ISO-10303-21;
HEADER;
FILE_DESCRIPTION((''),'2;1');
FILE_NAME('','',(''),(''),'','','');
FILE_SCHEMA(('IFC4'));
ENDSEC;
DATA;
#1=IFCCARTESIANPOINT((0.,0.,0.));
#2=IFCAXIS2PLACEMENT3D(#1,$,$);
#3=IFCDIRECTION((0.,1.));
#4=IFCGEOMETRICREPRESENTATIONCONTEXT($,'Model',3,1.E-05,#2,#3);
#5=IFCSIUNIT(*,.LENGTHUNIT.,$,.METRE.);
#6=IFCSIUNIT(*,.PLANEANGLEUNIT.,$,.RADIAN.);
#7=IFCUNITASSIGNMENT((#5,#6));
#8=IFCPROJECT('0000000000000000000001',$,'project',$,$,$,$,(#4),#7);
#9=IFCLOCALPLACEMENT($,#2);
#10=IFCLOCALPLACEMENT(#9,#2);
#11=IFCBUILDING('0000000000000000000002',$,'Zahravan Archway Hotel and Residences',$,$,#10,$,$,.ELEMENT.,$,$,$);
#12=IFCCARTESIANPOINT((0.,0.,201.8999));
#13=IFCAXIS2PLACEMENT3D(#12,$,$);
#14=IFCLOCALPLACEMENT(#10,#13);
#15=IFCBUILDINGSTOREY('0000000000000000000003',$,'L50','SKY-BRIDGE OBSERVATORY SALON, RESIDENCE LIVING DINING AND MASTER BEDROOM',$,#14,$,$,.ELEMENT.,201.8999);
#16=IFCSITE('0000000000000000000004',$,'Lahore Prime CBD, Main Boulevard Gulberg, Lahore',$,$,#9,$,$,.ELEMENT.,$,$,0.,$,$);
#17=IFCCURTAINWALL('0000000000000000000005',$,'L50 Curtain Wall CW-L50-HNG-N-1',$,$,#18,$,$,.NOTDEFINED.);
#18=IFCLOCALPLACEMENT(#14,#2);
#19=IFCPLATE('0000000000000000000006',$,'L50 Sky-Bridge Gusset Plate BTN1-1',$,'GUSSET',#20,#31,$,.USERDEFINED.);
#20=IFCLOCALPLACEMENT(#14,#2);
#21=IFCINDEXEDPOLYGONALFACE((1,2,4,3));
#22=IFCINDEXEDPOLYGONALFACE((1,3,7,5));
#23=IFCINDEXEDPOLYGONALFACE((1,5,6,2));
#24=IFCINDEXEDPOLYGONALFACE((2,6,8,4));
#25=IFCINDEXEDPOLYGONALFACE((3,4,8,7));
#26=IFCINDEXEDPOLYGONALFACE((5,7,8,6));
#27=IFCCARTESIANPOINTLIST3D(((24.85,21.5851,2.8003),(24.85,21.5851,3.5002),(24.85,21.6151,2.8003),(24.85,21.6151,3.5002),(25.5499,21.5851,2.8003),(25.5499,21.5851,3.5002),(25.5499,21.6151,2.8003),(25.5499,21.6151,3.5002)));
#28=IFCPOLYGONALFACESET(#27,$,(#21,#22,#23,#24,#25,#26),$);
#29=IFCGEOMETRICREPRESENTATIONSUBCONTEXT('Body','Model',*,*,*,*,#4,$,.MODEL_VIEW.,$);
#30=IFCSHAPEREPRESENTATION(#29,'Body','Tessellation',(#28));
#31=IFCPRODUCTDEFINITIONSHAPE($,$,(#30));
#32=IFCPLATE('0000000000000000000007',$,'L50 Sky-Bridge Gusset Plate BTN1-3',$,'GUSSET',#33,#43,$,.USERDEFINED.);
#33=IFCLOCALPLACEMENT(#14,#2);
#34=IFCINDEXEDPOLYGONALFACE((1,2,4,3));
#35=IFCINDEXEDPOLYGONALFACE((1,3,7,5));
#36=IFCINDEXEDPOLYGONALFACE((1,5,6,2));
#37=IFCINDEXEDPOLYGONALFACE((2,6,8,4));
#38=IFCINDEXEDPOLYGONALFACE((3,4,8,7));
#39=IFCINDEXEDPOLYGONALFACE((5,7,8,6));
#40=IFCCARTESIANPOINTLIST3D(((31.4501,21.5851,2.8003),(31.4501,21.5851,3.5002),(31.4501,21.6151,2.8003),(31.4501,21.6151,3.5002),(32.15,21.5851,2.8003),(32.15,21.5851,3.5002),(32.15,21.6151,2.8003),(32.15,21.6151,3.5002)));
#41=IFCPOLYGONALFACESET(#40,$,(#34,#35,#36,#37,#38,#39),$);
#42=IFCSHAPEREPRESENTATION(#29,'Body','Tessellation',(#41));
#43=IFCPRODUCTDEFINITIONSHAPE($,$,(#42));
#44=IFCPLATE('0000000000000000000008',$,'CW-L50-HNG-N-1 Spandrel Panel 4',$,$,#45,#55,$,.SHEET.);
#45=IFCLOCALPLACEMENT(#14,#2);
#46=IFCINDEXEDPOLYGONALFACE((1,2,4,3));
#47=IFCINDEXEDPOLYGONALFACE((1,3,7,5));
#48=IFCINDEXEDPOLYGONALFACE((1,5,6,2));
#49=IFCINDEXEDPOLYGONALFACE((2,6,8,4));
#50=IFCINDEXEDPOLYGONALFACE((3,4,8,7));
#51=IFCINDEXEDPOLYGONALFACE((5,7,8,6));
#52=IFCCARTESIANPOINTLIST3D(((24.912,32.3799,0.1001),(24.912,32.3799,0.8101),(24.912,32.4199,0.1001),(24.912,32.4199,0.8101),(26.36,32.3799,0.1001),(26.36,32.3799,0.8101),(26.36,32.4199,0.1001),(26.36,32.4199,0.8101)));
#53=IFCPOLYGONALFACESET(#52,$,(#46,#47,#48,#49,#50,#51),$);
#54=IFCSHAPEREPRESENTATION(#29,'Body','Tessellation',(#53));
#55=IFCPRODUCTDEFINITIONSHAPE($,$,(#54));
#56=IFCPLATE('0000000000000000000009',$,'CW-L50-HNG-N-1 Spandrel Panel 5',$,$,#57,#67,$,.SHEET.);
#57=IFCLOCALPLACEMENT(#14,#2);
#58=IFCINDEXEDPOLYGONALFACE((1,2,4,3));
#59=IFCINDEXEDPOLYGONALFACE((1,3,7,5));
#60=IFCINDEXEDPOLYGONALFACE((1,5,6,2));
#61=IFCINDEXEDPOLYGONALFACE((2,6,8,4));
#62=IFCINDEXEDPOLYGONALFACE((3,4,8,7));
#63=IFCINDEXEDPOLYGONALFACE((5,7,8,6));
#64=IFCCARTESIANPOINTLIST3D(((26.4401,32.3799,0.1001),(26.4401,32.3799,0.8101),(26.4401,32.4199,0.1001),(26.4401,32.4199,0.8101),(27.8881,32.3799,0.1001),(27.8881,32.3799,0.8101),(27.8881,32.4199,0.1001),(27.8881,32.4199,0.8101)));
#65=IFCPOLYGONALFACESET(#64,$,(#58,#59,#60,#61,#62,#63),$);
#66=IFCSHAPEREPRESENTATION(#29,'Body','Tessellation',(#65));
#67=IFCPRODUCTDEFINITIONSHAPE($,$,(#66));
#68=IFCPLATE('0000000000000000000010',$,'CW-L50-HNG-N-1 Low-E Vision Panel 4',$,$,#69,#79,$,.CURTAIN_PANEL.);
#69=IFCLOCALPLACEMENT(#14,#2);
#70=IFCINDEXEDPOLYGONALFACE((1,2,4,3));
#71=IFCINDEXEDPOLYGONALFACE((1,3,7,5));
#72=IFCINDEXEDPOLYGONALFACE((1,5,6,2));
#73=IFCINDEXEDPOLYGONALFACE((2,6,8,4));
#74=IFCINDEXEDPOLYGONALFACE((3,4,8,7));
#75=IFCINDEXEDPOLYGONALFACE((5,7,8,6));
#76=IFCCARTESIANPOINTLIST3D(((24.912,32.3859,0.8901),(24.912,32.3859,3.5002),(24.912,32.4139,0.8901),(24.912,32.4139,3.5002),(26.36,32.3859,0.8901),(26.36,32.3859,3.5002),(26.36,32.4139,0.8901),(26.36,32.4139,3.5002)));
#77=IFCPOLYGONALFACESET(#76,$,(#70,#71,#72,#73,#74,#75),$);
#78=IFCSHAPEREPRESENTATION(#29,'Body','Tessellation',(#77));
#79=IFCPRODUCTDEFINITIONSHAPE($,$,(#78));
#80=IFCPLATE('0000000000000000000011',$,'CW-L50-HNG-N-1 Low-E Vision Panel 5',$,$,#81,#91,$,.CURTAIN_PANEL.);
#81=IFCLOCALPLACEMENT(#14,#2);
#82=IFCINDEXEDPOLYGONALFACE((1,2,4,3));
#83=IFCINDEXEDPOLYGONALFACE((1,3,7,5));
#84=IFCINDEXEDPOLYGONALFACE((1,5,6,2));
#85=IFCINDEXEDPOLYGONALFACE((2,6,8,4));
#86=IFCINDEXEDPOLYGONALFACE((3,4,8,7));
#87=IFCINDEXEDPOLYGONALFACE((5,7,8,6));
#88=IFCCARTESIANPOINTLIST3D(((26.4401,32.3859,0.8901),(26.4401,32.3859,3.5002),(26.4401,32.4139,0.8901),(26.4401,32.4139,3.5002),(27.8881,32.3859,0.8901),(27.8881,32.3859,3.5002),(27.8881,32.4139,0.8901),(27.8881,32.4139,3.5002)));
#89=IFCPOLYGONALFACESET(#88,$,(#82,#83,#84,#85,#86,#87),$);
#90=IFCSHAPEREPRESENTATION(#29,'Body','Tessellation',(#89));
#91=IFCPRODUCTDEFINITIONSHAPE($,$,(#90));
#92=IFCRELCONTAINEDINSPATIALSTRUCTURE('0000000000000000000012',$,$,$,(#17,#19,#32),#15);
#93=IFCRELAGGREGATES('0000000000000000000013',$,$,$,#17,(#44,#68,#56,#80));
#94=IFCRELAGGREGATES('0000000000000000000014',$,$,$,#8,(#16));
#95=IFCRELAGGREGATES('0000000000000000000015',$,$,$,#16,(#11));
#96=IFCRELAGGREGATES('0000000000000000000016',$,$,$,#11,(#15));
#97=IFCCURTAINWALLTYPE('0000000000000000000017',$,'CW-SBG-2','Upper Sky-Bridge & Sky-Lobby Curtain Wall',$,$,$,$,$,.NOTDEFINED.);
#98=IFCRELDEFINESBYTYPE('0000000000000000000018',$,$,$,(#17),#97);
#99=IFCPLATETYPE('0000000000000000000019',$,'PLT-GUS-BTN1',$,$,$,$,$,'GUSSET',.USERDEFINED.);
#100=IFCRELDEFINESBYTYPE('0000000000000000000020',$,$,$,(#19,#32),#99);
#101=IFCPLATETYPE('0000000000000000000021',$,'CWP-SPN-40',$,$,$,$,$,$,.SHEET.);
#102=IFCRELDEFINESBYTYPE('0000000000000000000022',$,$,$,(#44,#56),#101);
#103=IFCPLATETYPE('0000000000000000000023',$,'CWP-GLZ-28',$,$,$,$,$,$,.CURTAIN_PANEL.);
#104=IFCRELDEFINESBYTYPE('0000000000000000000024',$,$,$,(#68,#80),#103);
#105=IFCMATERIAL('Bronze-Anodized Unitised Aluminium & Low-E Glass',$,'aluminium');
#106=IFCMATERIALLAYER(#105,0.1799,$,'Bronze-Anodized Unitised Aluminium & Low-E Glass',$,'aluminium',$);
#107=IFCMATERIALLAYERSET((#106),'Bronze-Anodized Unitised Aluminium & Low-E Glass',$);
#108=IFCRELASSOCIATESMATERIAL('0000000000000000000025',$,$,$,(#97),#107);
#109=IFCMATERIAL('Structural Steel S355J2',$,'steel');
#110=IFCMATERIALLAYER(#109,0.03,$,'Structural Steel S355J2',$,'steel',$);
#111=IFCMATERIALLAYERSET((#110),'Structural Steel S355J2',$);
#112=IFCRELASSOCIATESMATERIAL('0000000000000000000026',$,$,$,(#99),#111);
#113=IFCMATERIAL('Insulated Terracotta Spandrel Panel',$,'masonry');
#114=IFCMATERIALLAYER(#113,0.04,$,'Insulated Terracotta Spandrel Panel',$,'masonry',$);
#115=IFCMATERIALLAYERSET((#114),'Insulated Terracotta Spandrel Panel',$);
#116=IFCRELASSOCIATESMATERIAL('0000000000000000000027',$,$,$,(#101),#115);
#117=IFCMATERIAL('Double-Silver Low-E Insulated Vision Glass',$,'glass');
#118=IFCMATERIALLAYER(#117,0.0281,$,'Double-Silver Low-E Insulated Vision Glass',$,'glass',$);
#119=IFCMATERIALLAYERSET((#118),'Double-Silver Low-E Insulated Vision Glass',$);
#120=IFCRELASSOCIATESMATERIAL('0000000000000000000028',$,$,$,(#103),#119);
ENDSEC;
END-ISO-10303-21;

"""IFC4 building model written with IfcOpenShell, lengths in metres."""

from ifc_helpers import new_model, si_unit, direction, frame, origin, origin_2d, place, context, subcontext, project, spatial, rectangle, extrude, source, transform, mapped, material, layer, layer_set, type_object, type_shapes, element, aggregate, save


model = new_model("IFC4")

# Units and contexts
model_context = context("Model", 3, precision=1e-05, world=origin(), true_north=direction((0.0, 1.0)))
body_context = subcontext(model_context, "Body", "Model", "MODEL_VIEW")
ifc_project = project(units=[si_unit("LENGTHUNIT", "METRE"), si_unit("PLANEANGLEUNIT", "RADIAN")], contexts=[model_context])

# Site, building, storey
site_placement = place(None, origin())
site = spatial("IfcSite", under=ifc_project, at=site_placement, Name="Lahore Prime CBD, Main Boulevard Gulberg, Lahore", CompositionType="ELEMENT", RefElevation=0.0)
building_placement = place(site_placement, origin())
building = spatial("IfcBuilding", under=site, at=building_placement, Name="Zahravan Archway Hotel and Residences", CompositionType="ELEMENT")
storey_placement = place(building_placement, frame((0.0, 0.0, 201.8999)))
storey = spatial("IfcBuildingStorey", under=building, at=storey_placement, Name="L50", Description="SKY-BRIDGE OBSERVATORY SALON, RESIDENCE LIVING DINING AND MASTER BEDROOM", CompositionType="ELEMENT", Elevation=201.8999)

# Shared definitions
ifc_material_1 = material(Name="Structural Steel S355J2", Category="steel")

# Curtain wall
ifc_material_2 = material(Name="Bronze-Anodized Unitised Aluminium & Low-E Glass", Category="aluminium")
ifc_layer_1 = layer(ifc_material_2, 0.1799, Name="Bronze-Anodized Unitised Aluminium & Low-E Glass", Category="aluminium")
ifc_layer_set_1 = layer_set([ifc_layer_1], Name="Bronze-Anodized Unitised Aluminium & Low-E Glass")
curtain_wall_type = type_object("IfcCurtainWallType", Name="CW-SBG-2", Description="Upper Sky-Bridge & Sky-Lobby Curtain Wall", PredefinedType="NOTDEFINED", material=ifc_layer_set_1)
curtain_wall_placement = place(storey_placement, origin())
curtain_wall = element("IfcCurtainWall", 1, at=curtain_wall_placement, inside=storey, type_object=curtain_wall_type, Name="L50 Curtain Wall CW-L50-HNG-N-1", PredefinedType="NOTDEFINED")

# Plates
ifc_layer_2 = layer(ifc_material_1, 0.03, Name="Structural Steel S355J2", Category="steel")
ifc_layer_set_2 = layer_set([ifc_layer_2], Name="Structural Steel S355J2")
plate_type_1 = type_object("IfcPlateType", Name="PLT-GUS-BTN1", ElementType="GUSSET", PredefinedType="USERDEFINED", material=ifc_layer_set_2)
shared_shape_1 = source(origin(), body_context, "Body", "SweptSolid", [
    extrude(rectangle(XDim=0.7, YDim=0.03, at=origin_2d()), origin(), (0.0, 0.0, 1.0), 0.7),
])
type_shapes(plate_type_1, [shared_shape_1])
for number, where, z_axis, x_axis, name in (
    (2, (25.2, 21.6001, 2.8003), (0.0, 0.0, 1.0), (1.0, 0.0, 0.0), "L50 Sky-Bridge Gusset Plate BTN1-1"),
    (3, (31.8, 21.6001, 2.8003), (0.0, 0.0, 1.0), (1.0, 0.0, 0.0), "L50 Sky-Bridge Gusset Plate BTN1-3"),
):
    element("IfcPlate", number, at=place(storey_placement, frame(where, z_axis=z_axis, x_axis=x_axis)), inside=storey, type_object=plate_type_1, Name=name, ObjectType="GUSSET", PredefinedType="USERDEFINED", context=body_context, shape_type="MappedRepresentation", body=[
        mapped(shared_shape_1, transform((0.0, 0.0, 0.0), scale=1.0)),
    ])

# Plates
ifc_material_3 = material(Name="Insulated Terracotta Spandrel Panel", Category="masonry")
ifc_layer_3 = layer(ifc_material_3, 0.04, Name="Insulated Terracotta Spandrel Panel", Category="masonry")
ifc_layer_set_3 = layer_set([ifc_layer_3], Name="Insulated Terracotta Spandrel Panel")
plate_type_2 = type_object("IfcPlateType", Name="CWP-SPN-40", PredefinedType="SHEET", material=ifc_layer_set_3)
shared_shape_2 = source(origin(), body_context, "Body", "SweptSolid", [
    extrude(rectangle(XDim=1.448, YDim=0.04, at=origin_2d()), origin(), (0.0, 0.0, 1.0), 0.71),
])
plate_1_placement = place(storey_placement, frame((25.636, 32.3999, 0.1001), z_axis=(0.0, 0.0, 1.0), x_axis=(1.0, 0.0, 0.0)))
plate_1 = element("IfcPlate", 4, at=plate_1_placement, type_object=plate_type_2, Name="CW-L50-HNG-N-1 Spandrel Panel 4", PredefinedType="SHEET", context=body_context, shape_type="MappedRepresentation", body=[
    mapped(shared_shape_2, transform((0.0, 0.0, 0.0), scale=1.0)),
])
plate_2_placement = place(storey_placement, frame((27.1641, 32.3999, 0.1001), z_axis=(0.0, 0.0, 1.0), x_axis=(1.0, 0.0, 0.0)))
plate_2 = element("IfcPlate", 5, at=plate_2_placement, type_object=plate_type_2, Name="CW-L50-HNG-N-1 Spandrel Panel 5", PredefinedType="SHEET", context=body_context, shape_type="MappedRepresentation", body=[
    mapped(shared_shape_2, transform((0.0, 0.0, 0.0), scale=1.0)),
])
ifc_material_4 = material(Name="Double-Silver Low-E Insulated Vision Glass", Category="glass")
ifc_layer_4 = layer(ifc_material_4, 0.0281, Name="Double-Silver Low-E Insulated Vision Glass", Category="glass")
ifc_layer_set_4 = layer_set([ifc_layer_4], Name="Double-Silver Low-E Insulated Vision Glass")
plate_type_3 = type_object("IfcPlateType", Name="CWP-GLZ-28", PredefinedType="CURTAIN_PANEL", material=ifc_layer_set_4)
shared_shape_3 = source(origin(), body_context, "Body", "SweptSolid", [
    extrude(rectangle(XDim=1.448, YDim=0.0281, at=origin_2d()), origin(), (0.0, 0.0, 1.0), 2.6101),
])
plate_3_placement = place(storey_placement, frame((25.636, 32.3999, 0.8901), z_axis=(0.0, 0.0, 1.0), x_axis=(1.0, 0.0, 0.0)))
plate_3 = element("IfcPlate", 6, at=plate_3_placement, type_object=plate_type_3, Name="CW-L50-HNG-N-1 Low-E Vision Panel 4", PredefinedType="CURTAIN_PANEL", context=body_context, shape_type="MappedRepresentation", body=[
    mapped(shared_shape_3, transform((0.0, 0.0, 0.0), scale=1.0)),
])
plate_4_placement = place(storey_placement, frame((27.1641, 32.3999, 0.8901), z_axis=(0.0, 0.0, 1.0), x_axis=(1.0, 0.0, 0.0)))
plate_4 = element("IfcPlate", 7, at=plate_4_placement, type_object=plate_type_3, Name="CW-L50-HNG-N-1 Low-E Vision Panel 5", PredefinedType="CURTAIN_PANEL", context=body_context, shape_type="MappedRepresentation", body=[
    mapped(shared_shape_3, transform((0.0, 0.0, 0.0), scale=1.0)),
])
aggregate(curtain_wall, [plate_1, plate_3, plate_2, plate_4])

save(model, "model.ifc")
